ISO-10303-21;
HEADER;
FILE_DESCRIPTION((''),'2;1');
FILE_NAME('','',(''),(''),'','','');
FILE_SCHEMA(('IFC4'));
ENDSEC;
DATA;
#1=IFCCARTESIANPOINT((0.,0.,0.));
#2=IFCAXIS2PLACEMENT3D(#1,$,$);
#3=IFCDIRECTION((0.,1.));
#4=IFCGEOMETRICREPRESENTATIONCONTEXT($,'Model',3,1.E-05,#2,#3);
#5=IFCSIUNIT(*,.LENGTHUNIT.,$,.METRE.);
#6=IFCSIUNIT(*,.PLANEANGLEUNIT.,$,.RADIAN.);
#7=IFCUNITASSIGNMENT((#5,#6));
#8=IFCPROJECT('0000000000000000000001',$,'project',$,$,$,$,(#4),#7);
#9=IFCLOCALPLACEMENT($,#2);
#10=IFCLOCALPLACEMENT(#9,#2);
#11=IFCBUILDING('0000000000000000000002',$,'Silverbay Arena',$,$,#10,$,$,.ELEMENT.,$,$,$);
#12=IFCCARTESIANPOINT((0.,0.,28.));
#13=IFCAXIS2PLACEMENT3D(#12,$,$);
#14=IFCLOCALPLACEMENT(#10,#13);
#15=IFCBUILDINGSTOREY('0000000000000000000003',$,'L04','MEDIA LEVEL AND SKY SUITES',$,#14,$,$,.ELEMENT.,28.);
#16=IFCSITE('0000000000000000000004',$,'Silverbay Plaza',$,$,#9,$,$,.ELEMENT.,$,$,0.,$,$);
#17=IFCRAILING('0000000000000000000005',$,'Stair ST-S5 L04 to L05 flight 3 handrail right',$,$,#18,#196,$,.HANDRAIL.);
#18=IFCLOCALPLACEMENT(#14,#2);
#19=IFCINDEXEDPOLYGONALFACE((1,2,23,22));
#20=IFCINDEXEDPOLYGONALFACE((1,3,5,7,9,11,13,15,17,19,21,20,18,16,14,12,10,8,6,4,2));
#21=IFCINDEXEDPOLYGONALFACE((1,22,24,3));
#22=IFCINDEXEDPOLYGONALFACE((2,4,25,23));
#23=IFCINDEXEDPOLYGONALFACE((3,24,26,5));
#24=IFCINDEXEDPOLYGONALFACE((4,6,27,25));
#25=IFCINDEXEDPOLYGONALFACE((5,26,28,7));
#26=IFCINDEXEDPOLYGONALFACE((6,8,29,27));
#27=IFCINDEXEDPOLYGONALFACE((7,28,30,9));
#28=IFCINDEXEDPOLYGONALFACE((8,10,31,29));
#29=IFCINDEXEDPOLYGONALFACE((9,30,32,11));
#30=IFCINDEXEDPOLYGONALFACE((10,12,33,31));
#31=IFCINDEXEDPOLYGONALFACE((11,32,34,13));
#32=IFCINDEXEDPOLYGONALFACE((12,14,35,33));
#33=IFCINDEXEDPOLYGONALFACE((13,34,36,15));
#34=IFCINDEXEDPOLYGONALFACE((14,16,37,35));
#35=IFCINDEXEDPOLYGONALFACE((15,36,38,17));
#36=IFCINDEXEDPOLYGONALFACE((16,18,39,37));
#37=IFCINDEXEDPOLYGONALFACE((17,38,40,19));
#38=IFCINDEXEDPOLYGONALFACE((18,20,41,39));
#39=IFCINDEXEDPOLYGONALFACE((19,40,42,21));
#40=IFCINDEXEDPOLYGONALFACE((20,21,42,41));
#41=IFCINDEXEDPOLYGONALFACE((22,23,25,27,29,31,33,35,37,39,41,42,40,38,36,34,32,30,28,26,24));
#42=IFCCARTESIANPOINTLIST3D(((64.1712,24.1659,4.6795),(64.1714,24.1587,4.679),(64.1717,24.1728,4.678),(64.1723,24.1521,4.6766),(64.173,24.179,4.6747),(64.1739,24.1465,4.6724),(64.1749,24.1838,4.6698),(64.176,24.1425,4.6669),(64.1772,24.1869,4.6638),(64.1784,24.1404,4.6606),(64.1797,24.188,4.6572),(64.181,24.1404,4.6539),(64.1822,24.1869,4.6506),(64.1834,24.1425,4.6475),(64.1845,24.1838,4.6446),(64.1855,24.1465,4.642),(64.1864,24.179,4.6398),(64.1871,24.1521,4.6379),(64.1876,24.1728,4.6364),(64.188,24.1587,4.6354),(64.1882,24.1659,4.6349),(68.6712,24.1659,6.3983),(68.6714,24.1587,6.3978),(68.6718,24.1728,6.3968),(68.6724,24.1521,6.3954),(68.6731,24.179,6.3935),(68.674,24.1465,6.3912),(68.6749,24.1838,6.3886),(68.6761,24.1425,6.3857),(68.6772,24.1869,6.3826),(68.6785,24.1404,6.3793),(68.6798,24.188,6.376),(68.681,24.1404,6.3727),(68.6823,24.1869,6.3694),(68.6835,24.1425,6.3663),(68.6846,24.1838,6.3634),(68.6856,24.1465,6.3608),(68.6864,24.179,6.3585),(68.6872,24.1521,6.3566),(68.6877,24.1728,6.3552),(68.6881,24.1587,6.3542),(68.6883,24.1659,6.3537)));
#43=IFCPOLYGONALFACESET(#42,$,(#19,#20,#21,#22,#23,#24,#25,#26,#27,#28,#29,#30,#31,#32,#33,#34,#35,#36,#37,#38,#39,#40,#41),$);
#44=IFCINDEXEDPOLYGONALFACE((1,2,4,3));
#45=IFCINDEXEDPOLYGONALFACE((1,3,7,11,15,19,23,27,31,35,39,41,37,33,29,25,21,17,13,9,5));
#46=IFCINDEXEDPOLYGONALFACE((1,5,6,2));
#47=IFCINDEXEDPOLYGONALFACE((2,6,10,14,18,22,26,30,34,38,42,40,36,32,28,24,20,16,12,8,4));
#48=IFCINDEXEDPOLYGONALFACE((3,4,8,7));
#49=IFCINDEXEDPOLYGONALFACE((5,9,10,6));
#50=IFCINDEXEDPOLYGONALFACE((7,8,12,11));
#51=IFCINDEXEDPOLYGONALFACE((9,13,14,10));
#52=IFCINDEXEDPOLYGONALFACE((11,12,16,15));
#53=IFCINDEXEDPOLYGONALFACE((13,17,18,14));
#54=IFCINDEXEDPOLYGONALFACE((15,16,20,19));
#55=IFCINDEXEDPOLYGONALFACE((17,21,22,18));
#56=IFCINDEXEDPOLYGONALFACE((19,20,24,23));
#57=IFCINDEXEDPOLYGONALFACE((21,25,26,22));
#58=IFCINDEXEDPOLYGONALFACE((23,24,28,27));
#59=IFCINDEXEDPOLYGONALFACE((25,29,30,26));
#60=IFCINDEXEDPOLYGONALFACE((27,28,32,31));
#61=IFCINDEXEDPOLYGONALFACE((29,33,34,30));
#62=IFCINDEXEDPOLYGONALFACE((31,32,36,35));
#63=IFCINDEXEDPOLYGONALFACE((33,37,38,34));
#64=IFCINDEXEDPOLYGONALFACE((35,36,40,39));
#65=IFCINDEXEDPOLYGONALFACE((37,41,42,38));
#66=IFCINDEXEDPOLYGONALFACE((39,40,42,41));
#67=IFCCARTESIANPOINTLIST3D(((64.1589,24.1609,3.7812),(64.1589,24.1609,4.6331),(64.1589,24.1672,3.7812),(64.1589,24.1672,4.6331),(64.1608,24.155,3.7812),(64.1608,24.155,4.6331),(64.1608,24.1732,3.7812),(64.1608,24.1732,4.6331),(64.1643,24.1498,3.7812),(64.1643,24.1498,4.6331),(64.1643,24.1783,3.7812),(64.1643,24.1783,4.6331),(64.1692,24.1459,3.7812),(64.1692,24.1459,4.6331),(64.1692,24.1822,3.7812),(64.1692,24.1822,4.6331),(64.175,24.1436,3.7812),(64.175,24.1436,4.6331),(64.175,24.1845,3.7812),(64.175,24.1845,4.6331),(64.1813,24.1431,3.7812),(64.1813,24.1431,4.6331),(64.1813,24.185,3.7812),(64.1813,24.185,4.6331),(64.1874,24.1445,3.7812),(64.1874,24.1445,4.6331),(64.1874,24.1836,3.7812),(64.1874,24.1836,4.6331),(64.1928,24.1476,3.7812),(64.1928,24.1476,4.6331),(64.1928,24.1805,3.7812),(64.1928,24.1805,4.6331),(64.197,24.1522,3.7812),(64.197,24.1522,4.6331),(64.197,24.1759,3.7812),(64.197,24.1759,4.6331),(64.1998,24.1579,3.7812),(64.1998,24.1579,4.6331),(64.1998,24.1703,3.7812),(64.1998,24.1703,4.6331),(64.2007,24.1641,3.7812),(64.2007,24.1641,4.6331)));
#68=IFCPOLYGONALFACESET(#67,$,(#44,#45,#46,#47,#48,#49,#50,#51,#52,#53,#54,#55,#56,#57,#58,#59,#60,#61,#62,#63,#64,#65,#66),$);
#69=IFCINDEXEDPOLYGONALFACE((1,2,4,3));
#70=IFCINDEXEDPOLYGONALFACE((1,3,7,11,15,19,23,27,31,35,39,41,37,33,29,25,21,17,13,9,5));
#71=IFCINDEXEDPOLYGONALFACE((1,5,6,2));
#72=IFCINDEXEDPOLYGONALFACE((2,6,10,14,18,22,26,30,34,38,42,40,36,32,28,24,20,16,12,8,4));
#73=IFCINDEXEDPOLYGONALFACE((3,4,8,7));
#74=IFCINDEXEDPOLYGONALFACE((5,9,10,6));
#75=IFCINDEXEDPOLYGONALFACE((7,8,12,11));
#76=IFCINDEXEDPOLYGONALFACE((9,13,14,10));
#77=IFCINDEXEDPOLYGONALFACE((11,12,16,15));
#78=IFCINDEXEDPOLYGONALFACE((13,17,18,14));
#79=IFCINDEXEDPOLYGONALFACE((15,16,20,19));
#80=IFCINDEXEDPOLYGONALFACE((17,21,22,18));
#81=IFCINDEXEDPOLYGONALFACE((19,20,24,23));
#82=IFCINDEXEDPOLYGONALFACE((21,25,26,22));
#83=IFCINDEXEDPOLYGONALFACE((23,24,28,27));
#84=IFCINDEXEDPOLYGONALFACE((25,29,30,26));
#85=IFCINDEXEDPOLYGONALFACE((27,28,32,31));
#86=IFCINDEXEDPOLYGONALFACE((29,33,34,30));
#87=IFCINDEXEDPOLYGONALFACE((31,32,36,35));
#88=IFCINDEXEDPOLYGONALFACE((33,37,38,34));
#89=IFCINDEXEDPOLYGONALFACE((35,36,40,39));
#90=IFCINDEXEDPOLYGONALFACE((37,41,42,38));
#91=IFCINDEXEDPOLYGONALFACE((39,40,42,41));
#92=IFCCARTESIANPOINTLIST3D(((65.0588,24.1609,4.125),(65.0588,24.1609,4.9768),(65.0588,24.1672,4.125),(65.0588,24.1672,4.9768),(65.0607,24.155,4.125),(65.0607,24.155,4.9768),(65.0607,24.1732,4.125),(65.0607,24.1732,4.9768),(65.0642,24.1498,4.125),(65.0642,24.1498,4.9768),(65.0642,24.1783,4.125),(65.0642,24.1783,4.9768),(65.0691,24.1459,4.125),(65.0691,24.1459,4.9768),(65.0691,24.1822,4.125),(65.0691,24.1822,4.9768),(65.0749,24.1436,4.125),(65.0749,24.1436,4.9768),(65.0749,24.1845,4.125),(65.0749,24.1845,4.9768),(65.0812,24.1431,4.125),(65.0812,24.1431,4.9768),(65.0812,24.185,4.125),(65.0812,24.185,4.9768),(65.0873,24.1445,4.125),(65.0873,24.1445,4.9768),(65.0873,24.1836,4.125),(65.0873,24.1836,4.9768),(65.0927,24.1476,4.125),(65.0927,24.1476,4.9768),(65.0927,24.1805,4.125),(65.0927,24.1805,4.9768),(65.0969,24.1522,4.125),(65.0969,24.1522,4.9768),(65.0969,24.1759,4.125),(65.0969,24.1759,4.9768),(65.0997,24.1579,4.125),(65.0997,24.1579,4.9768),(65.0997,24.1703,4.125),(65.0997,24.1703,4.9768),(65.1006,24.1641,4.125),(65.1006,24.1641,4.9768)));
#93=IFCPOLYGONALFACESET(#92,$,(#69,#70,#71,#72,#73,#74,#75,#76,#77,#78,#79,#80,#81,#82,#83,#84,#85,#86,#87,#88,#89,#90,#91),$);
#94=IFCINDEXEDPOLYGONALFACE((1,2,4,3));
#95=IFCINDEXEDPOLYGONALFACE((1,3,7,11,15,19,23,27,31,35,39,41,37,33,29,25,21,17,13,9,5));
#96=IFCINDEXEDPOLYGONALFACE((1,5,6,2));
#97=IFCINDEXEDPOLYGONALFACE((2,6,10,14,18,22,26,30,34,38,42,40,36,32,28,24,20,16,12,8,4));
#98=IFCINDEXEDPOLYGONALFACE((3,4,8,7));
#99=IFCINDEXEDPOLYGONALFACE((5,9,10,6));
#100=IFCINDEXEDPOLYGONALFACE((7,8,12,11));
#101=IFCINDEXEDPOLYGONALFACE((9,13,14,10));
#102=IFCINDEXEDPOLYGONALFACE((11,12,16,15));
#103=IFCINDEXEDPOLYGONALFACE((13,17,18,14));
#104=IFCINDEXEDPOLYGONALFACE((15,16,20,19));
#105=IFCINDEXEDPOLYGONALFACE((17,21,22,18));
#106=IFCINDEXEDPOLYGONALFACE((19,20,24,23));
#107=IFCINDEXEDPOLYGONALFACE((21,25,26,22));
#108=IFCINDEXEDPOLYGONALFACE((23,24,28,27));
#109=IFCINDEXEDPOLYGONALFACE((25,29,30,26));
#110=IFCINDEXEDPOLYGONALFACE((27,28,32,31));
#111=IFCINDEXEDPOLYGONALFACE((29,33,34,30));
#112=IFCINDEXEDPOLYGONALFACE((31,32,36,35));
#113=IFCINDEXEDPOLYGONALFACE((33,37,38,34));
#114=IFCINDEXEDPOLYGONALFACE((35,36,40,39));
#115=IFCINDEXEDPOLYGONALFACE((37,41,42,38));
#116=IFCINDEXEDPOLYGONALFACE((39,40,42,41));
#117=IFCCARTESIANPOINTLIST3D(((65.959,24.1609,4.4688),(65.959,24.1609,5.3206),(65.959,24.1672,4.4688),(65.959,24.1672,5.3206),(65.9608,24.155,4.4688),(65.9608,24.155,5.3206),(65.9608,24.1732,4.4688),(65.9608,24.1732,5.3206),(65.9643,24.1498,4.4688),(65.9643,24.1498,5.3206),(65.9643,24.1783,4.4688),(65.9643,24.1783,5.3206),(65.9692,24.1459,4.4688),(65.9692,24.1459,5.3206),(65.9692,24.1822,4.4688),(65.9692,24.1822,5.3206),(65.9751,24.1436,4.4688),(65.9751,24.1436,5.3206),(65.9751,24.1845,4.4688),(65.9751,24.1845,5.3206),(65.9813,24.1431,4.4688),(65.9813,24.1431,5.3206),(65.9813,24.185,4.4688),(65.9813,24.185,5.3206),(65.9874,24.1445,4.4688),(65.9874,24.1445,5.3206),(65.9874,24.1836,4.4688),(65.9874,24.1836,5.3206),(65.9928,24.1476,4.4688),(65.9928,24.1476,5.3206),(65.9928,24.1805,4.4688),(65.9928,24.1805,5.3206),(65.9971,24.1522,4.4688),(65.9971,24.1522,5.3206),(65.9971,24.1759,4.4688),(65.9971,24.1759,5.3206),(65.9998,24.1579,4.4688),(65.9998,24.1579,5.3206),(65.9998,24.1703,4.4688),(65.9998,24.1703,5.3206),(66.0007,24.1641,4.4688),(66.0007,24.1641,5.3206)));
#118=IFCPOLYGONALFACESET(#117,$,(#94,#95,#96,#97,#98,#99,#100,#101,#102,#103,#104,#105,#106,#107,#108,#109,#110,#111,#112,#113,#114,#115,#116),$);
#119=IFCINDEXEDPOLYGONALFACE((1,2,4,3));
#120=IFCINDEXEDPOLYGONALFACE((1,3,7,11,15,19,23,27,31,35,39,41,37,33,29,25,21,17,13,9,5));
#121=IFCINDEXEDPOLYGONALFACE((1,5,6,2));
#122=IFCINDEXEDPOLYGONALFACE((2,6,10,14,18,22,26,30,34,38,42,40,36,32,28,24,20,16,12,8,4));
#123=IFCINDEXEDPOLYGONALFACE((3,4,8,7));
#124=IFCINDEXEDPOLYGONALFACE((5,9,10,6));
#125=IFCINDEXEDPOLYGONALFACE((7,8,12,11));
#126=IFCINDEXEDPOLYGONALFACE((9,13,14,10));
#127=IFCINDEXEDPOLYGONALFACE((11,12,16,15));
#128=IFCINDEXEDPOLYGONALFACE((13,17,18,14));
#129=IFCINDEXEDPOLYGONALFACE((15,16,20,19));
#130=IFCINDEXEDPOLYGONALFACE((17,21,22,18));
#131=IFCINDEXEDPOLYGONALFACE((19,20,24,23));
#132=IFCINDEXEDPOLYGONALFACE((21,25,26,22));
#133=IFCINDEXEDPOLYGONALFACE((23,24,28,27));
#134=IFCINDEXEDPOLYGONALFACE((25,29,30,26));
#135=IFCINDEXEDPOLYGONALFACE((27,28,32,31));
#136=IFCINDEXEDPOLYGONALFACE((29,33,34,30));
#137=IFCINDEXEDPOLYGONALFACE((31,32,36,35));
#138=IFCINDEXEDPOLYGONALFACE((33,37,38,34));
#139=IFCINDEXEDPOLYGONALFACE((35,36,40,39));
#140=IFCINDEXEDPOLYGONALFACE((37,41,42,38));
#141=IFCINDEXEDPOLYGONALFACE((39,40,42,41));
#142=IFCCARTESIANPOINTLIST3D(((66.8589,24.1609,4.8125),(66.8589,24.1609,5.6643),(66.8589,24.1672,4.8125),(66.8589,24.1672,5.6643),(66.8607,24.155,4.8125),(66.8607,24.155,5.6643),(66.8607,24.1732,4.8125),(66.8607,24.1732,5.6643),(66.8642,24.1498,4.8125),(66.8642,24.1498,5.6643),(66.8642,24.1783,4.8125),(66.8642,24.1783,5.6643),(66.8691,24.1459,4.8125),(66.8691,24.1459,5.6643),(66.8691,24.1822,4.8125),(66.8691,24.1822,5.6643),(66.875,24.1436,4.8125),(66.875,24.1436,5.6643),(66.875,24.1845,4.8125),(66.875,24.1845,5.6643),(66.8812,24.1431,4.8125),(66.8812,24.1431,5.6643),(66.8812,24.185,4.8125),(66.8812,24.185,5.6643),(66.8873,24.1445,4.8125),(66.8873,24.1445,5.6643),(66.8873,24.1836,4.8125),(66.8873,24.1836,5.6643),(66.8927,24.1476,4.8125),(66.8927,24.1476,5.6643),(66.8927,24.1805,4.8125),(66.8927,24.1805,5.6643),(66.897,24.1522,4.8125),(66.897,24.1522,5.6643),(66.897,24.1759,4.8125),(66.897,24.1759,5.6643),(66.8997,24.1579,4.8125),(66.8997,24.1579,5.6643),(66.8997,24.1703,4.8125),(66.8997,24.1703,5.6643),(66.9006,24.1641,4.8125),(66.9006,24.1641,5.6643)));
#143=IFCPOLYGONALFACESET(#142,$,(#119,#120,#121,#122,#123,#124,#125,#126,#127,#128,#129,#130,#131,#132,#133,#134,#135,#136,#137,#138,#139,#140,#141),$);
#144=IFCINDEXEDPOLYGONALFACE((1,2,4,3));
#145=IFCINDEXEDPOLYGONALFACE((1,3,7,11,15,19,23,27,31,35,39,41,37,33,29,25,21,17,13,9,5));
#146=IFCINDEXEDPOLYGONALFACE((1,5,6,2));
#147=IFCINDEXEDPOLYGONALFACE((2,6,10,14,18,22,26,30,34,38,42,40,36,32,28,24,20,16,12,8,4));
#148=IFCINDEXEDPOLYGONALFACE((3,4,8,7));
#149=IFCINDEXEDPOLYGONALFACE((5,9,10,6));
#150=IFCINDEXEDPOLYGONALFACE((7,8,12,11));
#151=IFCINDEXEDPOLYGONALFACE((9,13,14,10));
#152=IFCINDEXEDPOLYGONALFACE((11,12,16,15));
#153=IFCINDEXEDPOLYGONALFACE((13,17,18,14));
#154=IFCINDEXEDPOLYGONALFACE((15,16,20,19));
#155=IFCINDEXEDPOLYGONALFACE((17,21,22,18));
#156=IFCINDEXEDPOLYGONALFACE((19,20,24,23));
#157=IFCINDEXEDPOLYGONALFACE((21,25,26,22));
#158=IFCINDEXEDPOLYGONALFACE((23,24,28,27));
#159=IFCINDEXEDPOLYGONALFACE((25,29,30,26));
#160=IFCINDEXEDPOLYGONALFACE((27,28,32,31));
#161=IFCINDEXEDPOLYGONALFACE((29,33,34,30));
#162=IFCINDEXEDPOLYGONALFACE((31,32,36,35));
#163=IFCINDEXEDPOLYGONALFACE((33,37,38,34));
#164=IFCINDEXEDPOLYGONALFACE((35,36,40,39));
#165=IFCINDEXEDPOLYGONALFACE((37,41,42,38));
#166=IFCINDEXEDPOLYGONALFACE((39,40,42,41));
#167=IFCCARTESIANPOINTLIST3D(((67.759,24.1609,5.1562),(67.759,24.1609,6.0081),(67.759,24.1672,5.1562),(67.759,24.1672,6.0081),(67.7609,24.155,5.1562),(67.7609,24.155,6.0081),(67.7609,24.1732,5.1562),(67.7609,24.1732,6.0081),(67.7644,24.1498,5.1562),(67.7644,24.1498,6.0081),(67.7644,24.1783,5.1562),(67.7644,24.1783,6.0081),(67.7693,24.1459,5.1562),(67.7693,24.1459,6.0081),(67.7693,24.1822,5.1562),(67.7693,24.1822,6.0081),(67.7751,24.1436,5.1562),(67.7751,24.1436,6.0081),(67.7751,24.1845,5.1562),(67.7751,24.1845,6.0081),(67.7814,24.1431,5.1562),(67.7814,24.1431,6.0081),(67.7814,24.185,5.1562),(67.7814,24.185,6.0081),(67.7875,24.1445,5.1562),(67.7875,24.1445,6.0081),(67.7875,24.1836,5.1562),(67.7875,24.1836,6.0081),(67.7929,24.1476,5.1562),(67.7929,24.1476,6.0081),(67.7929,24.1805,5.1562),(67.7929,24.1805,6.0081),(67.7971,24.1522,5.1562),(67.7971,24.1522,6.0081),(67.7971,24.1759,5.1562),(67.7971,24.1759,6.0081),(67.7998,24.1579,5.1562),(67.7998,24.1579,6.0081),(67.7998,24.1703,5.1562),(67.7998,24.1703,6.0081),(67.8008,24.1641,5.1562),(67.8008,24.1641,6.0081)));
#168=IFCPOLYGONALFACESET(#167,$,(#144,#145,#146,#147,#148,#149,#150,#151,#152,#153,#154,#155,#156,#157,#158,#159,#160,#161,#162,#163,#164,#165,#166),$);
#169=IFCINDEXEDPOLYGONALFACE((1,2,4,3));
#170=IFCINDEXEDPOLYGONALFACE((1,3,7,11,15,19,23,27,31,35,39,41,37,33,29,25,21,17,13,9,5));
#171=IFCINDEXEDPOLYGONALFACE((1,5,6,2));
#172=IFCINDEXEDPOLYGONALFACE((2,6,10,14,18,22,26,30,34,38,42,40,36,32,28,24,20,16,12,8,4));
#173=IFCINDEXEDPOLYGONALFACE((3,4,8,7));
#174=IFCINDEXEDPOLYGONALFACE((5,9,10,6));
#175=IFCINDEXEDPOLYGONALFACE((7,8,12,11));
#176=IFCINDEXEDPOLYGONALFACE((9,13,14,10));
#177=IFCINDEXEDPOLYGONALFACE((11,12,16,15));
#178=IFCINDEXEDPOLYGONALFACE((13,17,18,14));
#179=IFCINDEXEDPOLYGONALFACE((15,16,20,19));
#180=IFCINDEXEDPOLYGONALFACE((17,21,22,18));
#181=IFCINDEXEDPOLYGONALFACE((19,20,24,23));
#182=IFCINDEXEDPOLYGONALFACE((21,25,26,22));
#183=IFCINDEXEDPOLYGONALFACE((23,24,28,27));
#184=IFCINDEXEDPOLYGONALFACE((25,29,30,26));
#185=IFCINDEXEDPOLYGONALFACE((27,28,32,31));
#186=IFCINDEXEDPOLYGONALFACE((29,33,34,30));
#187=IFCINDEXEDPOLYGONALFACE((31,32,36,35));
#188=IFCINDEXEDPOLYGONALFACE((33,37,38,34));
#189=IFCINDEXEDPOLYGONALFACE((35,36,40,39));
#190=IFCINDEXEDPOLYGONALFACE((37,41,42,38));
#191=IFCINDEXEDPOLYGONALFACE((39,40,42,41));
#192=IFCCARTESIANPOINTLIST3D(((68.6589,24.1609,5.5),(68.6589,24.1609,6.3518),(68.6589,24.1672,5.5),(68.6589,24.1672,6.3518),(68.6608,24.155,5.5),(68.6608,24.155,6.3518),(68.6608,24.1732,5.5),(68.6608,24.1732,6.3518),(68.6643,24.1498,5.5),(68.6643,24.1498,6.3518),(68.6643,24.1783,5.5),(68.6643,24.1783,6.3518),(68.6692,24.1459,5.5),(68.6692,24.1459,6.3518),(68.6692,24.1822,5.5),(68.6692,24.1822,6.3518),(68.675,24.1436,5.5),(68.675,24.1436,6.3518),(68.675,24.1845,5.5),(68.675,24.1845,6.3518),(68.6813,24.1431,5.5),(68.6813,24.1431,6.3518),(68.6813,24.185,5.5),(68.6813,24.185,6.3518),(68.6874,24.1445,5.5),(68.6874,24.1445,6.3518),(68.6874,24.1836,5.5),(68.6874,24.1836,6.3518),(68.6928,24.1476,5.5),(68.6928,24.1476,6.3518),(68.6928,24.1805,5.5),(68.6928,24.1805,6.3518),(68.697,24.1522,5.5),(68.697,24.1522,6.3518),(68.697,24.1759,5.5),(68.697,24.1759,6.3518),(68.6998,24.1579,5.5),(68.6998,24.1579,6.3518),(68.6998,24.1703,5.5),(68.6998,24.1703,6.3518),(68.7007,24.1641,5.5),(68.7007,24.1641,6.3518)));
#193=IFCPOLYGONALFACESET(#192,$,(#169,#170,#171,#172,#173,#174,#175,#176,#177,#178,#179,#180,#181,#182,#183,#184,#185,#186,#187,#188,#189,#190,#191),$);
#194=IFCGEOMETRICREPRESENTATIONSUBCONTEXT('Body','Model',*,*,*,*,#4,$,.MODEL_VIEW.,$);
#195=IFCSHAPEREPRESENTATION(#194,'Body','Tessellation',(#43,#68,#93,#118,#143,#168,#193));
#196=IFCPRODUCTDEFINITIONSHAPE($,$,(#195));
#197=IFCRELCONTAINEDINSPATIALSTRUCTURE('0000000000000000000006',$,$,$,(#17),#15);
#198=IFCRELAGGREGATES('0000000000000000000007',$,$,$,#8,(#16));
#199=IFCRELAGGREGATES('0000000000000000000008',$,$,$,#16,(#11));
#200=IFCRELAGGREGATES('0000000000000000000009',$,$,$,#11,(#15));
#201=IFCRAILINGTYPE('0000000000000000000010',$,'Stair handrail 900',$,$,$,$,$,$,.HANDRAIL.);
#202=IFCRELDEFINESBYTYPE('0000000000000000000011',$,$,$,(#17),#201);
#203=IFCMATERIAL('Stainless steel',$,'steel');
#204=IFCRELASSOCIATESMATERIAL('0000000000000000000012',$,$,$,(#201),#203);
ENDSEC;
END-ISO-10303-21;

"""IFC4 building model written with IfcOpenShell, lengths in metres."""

from ifc_helpers import new_model, si_unit, direction, frame, origin, origin_2d, place, context, subcontext, project, spatial, circle, extrude, material, type_object, element, save


model = new_model("IFC4")

# Units and contexts
model_context = context("Model", 3, precision=1e-05, world=origin(), true_north=direction((0.0, 1.0)))
body_context = subcontext(model_context, "Body", "Model", "MODEL_VIEW")
ifc_project = project(units=[si_unit("LENGTHUNIT", "METRE"), si_unit("PLANEANGLEUNIT", "RADIAN")], contexts=[model_context])

# Site, building, storey
site_placement = place(None, origin())
site = spatial("IfcSite", under=ifc_project, at=site_placement, Name="Silverbay Plaza", CompositionType="ELEMENT", RefElevation=0.0)
building_placement = place(site_placement, origin())
building = spatial("IfcBuilding", under=site, at=building_placement, Name="Silverbay Arena", CompositionType="ELEMENT")
storey_placement = place(building_placement, frame((0.0, 0.0, 28.0)))
storey = spatial("IfcBuildingStorey", under=building, at=storey_placement, Name="L04", Description="MEDIA LEVEL AND SKY SUITES", CompositionType="ELEMENT", Elevation=28.0)

# Railing
ifc_material_1 = material(Name="Stainless steel", Category="steel")
railing_type_1 = type_object("IfcRailingType", Name="Stair handrail 900", PredefinedType="HANDRAIL", material=ifc_material_1)
for number, where, name in (
    (1, (64.1797, 24.1641, 3.7812), "Stair ST-S5 L04 to L05 flight 3 handrail right"),
):
    element("IfcRailing", number, at=place(storey_placement, frame(where)), inside=storey, type_object=railing_type_1, Name=name, PredefinedType="HANDRAIL", context=body_context, shape_type="SweptSolid", body=[
        extrude(circle(Radius=0.0239, at=origin_2d()), frame((0.0, 0.0, 0.876), z_axis=(0.934179, 0.0, 0.356805), x_axis=(0.0, 1.0, 0.0)), (0.0, 0.0, 1.0), 4.8171),
        extrude(circle(Radius=0.021, at=origin_2d()), origin(), (0.0, 0.0, 1.0), 0.8518),
        extrude(circle(Radius=0.021, at=origin_2d()), frame((0.8999, 0.0, 0.3438)), (0.0, 0.0, 1.0), 0.8518),
        extrude(circle(Radius=0.021, at=origin_2d()), frame((1.8, 0.0, 0.6875)), (0.0, 0.0, 1.0), 0.8518),
        extrude(circle(Radius=0.021, at=origin_2d()), frame((2.7, 0.0, 1.0312)), (0.0, 0.0, 1.0), 0.8518),
        extrude(circle(Radius=0.021, at=origin_2d()), frame((3.6001, 0.0, 1.375)), (0.0, 0.0, 1.0), 0.8518),
        extrude(circle(Radius=0.021, at=origin_2d()), frame((4.5, 0.0, 1.7188)), (0.0, 0.0, 1.0), 0.8518),
    ])

save(model, "model.ifc")
